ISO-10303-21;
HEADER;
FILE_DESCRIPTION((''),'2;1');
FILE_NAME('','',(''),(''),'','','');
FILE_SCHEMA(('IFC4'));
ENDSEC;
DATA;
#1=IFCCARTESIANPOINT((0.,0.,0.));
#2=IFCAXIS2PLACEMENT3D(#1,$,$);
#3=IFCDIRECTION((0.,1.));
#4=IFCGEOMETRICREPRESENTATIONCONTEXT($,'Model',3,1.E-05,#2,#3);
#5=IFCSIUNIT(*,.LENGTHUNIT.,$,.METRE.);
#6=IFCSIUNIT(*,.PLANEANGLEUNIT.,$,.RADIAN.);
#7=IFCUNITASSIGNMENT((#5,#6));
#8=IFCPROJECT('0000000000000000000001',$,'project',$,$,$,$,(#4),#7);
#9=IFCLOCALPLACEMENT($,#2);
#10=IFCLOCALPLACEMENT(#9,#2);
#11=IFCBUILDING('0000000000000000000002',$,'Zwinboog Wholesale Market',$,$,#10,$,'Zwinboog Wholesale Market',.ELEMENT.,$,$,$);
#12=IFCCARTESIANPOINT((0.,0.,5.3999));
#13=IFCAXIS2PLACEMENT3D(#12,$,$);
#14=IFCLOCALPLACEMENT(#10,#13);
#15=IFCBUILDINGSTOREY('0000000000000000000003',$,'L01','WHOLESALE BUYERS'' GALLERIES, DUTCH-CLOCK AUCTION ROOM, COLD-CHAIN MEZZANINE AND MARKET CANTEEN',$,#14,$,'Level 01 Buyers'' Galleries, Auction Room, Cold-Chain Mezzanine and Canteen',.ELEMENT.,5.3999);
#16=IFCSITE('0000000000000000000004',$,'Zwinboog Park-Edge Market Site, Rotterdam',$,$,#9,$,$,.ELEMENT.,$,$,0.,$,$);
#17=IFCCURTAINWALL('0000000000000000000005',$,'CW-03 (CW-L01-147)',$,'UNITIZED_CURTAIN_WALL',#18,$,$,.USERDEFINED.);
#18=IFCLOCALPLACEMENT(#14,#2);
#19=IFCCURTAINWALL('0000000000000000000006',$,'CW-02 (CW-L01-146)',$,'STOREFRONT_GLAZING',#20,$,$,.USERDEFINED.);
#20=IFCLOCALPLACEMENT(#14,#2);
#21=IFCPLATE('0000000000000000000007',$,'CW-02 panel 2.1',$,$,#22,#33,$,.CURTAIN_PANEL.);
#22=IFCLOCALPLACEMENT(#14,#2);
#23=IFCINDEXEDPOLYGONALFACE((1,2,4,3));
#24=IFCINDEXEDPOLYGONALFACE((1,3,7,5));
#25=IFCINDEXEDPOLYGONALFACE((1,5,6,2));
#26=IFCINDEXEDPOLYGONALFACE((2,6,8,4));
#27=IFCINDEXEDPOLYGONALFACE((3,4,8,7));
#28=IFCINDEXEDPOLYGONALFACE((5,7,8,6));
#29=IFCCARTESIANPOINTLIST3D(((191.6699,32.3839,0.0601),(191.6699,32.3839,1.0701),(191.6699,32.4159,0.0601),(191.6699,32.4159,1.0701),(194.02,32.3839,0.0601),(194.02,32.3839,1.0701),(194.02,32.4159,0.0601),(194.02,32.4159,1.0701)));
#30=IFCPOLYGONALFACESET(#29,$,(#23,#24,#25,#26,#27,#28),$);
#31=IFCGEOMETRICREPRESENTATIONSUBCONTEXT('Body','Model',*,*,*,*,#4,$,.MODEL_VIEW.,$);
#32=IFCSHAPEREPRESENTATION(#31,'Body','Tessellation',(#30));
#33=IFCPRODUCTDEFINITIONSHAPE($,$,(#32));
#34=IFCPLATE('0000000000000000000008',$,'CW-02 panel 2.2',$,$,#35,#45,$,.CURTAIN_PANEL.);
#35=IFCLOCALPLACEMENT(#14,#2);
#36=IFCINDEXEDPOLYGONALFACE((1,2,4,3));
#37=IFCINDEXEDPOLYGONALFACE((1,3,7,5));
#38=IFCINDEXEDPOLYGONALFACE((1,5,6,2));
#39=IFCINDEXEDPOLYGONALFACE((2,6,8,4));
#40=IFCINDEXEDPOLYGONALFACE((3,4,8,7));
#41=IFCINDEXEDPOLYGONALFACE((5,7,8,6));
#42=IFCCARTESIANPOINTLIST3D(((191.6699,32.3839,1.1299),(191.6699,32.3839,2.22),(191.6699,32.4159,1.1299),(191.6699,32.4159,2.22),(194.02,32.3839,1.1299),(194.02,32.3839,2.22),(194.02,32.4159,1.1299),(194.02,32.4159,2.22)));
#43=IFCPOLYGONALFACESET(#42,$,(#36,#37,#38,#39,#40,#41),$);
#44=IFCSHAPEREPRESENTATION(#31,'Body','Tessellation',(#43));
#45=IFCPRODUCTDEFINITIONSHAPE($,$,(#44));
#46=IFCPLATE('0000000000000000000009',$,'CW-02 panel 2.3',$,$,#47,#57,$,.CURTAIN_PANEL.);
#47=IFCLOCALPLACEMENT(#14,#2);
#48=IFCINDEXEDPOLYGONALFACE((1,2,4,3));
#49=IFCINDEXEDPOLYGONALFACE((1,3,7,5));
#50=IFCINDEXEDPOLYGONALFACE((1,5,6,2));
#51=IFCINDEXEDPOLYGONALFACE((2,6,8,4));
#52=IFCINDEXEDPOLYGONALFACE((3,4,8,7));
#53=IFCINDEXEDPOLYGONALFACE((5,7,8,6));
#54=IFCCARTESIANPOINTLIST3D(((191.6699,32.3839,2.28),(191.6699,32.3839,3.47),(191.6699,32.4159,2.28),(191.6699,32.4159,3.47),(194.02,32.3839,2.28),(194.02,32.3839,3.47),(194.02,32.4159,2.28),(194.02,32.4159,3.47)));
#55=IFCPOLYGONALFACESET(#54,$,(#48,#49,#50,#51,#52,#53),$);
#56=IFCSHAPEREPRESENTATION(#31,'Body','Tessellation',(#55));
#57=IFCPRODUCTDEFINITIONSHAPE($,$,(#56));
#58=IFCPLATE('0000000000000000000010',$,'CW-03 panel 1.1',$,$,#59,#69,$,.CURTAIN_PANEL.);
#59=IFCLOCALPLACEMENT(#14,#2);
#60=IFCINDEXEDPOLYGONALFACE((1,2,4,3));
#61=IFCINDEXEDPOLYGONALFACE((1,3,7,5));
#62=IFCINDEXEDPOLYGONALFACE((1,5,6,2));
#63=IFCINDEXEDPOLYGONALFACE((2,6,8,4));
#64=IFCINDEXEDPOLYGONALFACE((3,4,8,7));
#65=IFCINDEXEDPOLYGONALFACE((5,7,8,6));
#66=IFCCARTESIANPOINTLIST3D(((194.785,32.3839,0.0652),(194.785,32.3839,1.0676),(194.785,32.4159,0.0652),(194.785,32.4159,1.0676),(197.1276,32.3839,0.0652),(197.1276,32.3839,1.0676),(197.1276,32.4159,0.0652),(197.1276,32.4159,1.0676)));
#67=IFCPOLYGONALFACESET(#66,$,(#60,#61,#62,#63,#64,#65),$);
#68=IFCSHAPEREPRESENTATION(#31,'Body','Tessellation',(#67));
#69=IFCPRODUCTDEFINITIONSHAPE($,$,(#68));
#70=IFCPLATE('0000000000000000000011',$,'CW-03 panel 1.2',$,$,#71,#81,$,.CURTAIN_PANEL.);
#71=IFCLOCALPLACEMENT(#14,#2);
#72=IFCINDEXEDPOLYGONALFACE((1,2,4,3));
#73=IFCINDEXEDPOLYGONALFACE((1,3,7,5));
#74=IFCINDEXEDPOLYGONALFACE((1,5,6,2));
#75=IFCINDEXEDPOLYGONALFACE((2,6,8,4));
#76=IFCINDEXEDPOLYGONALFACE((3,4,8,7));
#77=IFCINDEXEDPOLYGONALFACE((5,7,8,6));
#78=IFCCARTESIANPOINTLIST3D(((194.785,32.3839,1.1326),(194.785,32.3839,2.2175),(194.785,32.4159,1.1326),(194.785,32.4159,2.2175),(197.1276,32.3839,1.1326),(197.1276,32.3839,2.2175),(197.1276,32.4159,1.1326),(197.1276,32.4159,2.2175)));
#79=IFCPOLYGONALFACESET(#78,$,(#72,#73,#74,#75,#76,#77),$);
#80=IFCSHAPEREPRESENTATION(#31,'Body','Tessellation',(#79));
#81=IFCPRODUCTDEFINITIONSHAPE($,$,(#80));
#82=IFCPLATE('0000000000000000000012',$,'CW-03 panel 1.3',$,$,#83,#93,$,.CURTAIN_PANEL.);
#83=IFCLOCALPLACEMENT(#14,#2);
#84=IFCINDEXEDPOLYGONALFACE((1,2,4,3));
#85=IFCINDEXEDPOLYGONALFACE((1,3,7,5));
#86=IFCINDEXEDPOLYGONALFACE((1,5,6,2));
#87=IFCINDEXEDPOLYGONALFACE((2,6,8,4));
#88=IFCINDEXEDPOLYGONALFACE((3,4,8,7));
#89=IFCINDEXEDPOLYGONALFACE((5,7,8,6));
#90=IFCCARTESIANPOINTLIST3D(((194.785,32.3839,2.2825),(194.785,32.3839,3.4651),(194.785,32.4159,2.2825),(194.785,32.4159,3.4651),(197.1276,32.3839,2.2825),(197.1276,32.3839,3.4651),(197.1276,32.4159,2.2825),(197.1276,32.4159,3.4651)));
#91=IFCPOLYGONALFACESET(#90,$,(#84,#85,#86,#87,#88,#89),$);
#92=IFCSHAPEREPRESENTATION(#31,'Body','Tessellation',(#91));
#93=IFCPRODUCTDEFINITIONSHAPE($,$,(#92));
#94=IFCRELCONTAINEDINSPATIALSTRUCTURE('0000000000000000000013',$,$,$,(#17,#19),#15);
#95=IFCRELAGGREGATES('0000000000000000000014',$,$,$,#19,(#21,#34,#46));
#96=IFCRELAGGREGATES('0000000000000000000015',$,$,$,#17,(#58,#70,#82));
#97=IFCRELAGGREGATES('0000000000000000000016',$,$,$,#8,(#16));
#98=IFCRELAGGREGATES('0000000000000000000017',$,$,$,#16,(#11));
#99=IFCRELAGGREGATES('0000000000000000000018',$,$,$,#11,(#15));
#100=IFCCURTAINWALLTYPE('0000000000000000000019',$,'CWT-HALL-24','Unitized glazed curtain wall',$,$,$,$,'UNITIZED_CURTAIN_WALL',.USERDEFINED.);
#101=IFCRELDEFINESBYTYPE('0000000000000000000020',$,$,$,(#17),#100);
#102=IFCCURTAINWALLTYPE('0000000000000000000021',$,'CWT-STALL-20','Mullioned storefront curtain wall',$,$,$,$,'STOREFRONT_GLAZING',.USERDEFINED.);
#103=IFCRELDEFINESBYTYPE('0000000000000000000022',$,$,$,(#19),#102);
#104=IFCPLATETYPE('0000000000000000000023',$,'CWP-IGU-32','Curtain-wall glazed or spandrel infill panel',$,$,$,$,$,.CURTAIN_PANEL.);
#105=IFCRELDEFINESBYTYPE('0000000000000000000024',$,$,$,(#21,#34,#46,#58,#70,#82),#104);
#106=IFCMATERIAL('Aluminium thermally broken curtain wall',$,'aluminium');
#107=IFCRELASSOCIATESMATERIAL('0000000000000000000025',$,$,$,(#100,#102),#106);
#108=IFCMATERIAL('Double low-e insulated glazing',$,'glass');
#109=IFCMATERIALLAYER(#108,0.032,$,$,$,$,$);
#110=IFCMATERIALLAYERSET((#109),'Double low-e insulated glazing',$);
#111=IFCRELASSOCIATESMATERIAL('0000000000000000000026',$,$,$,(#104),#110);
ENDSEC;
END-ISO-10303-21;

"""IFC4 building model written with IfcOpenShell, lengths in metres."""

from ifc_helpers import new_model, si_unit, direction, frame, origin, origin_2d, place, context, subcontext, project, spatial, rectangle, extrude, material, layer, layer_set, type_object, element, aggregate, save


model = new_model("IFC4")

# Units and contexts
model_context = context("Model", 3, precision=1e-05, world=origin(), true_north=direction((0.0, 1.0)))
body_context = subcontext(model_context, "Body", "Model", "MODEL_VIEW")
ifc_project = project(units=[si_unit("LENGTHUNIT", "METRE"), si_unit("PLANEANGLEUNIT", "RADIAN")], contexts=[model_context])

# Site, building, storey
site_placement = place(None, origin())
site = spatial("IfcSite", under=ifc_project, at=site_placement, Name="Zwinboog Park-Edge Market Site, Rotterdam", CompositionType="ELEMENT", RefElevation=0.0)
building_placement = place(site_placement, origin())
building = spatial("IfcBuilding", under=site, at=building_placement, Name="Zwinboog Wholesale Market", LongName="Zwinboog Wholesale Market", CompositionType="ELEMENT")
storey_placement = place(building_placement, frame((0.0, 0.0, 5.3999)))
storey = spatial("IfcBuildingStorey", under=building, at=storey_placement, Name="L01", Description="WHOLESALE BUYERS' GALLERIES, DUTCH-CLOCK AUCTION ROOM, COLD-CHAIN MEZZANINE AND MARKET CANTEEN", LongName="Level 01 Buyers' Galleries, Auction Room, Cold-Chain Mezzanine and Canteen", CompositionType="ELEMENT", Elevation=5.3999)

# Curtain wall
ifc_material_1 = material(Name="Aluminium thermally broken curtain wall", Category="aluminium")
curtain_wall_type_1 = type_object("IfcCurtainWallType", Name="CWT-HALL-24", Description="Unitized glazed curtain wall", ElementType="UNITIZED_CURTAIN_WALL", PredefinedType="USERDEFINED", material=ifc_material_1)
curtain_wall_1_placement = place(storey_placement, origin())
curtain_wall_1 = element("IfcCurtainWall", 1, at=curtain_wall_1_placement, inside=storey, type_object=curtain_wall_type_1, Name="CW-03 (CW-L01-147)", ObjectType="UNITIZED_CURTAIN_WALL", PredefinedType="USERDEFINED")

# Curtain wall
curtain_wall_type_2 = type_object("IfcCurtainWallType", Name="CWT-STALL-20", Description="Mullioned storefront curtain wall", ElementType="STOREFRONT_GLAZING", PredefinedType="USERDEFINED", material=ifc_material_1)
curtain_wall_2_placement = place(storey_placement, origin())
curtain_wall_2 = element("IfcCurtainWall", 2, at=curtain_wall_2_placement, inside=storey, type_object=curtain_wall_type_2, Name="CW-02 (CW-L01-146)", ObjectType="STOREFRONT_GLAZING", PredefinedType="USERDEFINED")

# Plates
ifc_material_2 = material(Name="Double low-e insulated glazing", Category="glass")
ifc_layer = layer(ifc_material_2, 0.032)
ifc_layer_set = layer_set([ifc_layer], Name="Double low-e insulated glazing")
plate_type = type_object("IfcPlateType", Name="CWP-IGU-32", Description="Curtain-wall glazed or spandrel infill panel", PredefinedType="CURTAIN_PANEL", material=ifc_layer_set)
plate_1_placement = place(storey_placement, frame((192.845, 32.3999, 0.0601), z_axis=(0.0, 0.0, 1.0), x_axis=(1.0, 0.0, 0.0)))
plate_1 = element("IfcPlate", 3, at=plate_1_placement, type_object=plate_type, Name="CW-02 panel 2.1", PredefinedType="CURTAIN_PANEL", context=body_context, shape_type="SweptSolid", body=[
    extrude(rectangle(XDim=2.3501, YDim=0.032, at=origin_2d()), origin(), (0.0, 0.0, 1.0), 1.01),
])
plate_2_placement = place(storey_placement, frame((192.845, 32.3999, 1.1299), z_axis=(0.0, 0.0, 1.0), x_axis=(1.0, 0.0, 0.0)))
plate_2 = element("IfcPlate", 4, at=plate_2_placement, type_object=plate_type, Name="CW-02 panel 2.2", PredefinedType="CURTAIN_PANEL", context=body_context, shape_type="SweptSolid", body=[
    extrude(rectangle(XDim=2.3501, YDim=0.032, at=origin_2d()), origin(), (0.0, 0.0, 1.0), 1.0901),
])
plate_3_placement = place(storey_placement, frame((192.845, 32.3999, 2.28), z_axis=(0.0, 0.0, 1.0), x_axis=(1.0, 0.0, 0.0)))
plate_3 = element("IfcPlate", 5, at=plate_3_placement, type_object=plate_type, Name="CW-02 panel 2.3", PredefinedType="CURTAIN_PANEL", context=body_context, shape_type="SweptSolid", body=[
    extrude(rectangle(XDim=2.3501, YDim=0.032, at=origin_2d()), origin(), (0.0, 0.0, 1.0), 1.1899),
])
aggregate(curtain_wall_2, [plate_1, plate_2, plate_3])
plate_4_placement = place(storey_placement, frame((195.9563, 32.3999, 0.0652), z_axis=(0.0, 0.0, 1.0), x_axis=(1.0, 0.0, 0.0)))
plate_4 = element("IfcPlate", 6, at=plate_4_placement, type_object=plate_type, Name="CW-03 panel 1.1", PredefinedType="CURTAIN_PANEL", context=body_context, shape_type="SweptSolid", body=[
    extrude(rectangle(XDim=2.3425, YDim=0.032, at=origin_2d()), origin(), (0.0, 0.0, 1.0), 1.0024),
])
plate_5_placement = place(storey_placement, frame((195.9563, 32.3999, 1.1326), z_axis=(0.0, 0.0, 1.0), x_axis=(1.0, 0.0, 0.0)))
plate_5 = element("IfcPlate", 7, at=plate_5_placement, type_object=plate_type, Name="CW-03 panel 1.2", PredefinedType="CURTAIN_PANEL", context=body_context, shape_type="SweptSolid", body=[
    extrude(rectangle(XDim=2.3425, YDim=0.032, at=origin_2d()), origin(), (0.0, 0.0, 1.0), 1.085),
])
plate_6_placement = place(storey_placement, frame((195.9563, 32.3999, 2.2825), z_axis=(0.0, 0.0, 1.0), x_axis=(1.0, 0.0, 0.0)))
plate_6 = element("IfcPlate", 8, at=plate_6_placement, type_object=plate_type, Name="CW-03 panel 1.3", PredefinedType="CURTAIN_PANEL", context=body_context, shape_type="SweptSolid", body=[
    extrude(rectangle(XDim=2.3425, YDim=0.032, at=origin_2d()), origin(), (0.0, 0.0, 1.0), 1.1826),
])
aggregate(curtain_wall_1, [plate_4, plate_5, plate_6])

save(model, "model.ifc")
